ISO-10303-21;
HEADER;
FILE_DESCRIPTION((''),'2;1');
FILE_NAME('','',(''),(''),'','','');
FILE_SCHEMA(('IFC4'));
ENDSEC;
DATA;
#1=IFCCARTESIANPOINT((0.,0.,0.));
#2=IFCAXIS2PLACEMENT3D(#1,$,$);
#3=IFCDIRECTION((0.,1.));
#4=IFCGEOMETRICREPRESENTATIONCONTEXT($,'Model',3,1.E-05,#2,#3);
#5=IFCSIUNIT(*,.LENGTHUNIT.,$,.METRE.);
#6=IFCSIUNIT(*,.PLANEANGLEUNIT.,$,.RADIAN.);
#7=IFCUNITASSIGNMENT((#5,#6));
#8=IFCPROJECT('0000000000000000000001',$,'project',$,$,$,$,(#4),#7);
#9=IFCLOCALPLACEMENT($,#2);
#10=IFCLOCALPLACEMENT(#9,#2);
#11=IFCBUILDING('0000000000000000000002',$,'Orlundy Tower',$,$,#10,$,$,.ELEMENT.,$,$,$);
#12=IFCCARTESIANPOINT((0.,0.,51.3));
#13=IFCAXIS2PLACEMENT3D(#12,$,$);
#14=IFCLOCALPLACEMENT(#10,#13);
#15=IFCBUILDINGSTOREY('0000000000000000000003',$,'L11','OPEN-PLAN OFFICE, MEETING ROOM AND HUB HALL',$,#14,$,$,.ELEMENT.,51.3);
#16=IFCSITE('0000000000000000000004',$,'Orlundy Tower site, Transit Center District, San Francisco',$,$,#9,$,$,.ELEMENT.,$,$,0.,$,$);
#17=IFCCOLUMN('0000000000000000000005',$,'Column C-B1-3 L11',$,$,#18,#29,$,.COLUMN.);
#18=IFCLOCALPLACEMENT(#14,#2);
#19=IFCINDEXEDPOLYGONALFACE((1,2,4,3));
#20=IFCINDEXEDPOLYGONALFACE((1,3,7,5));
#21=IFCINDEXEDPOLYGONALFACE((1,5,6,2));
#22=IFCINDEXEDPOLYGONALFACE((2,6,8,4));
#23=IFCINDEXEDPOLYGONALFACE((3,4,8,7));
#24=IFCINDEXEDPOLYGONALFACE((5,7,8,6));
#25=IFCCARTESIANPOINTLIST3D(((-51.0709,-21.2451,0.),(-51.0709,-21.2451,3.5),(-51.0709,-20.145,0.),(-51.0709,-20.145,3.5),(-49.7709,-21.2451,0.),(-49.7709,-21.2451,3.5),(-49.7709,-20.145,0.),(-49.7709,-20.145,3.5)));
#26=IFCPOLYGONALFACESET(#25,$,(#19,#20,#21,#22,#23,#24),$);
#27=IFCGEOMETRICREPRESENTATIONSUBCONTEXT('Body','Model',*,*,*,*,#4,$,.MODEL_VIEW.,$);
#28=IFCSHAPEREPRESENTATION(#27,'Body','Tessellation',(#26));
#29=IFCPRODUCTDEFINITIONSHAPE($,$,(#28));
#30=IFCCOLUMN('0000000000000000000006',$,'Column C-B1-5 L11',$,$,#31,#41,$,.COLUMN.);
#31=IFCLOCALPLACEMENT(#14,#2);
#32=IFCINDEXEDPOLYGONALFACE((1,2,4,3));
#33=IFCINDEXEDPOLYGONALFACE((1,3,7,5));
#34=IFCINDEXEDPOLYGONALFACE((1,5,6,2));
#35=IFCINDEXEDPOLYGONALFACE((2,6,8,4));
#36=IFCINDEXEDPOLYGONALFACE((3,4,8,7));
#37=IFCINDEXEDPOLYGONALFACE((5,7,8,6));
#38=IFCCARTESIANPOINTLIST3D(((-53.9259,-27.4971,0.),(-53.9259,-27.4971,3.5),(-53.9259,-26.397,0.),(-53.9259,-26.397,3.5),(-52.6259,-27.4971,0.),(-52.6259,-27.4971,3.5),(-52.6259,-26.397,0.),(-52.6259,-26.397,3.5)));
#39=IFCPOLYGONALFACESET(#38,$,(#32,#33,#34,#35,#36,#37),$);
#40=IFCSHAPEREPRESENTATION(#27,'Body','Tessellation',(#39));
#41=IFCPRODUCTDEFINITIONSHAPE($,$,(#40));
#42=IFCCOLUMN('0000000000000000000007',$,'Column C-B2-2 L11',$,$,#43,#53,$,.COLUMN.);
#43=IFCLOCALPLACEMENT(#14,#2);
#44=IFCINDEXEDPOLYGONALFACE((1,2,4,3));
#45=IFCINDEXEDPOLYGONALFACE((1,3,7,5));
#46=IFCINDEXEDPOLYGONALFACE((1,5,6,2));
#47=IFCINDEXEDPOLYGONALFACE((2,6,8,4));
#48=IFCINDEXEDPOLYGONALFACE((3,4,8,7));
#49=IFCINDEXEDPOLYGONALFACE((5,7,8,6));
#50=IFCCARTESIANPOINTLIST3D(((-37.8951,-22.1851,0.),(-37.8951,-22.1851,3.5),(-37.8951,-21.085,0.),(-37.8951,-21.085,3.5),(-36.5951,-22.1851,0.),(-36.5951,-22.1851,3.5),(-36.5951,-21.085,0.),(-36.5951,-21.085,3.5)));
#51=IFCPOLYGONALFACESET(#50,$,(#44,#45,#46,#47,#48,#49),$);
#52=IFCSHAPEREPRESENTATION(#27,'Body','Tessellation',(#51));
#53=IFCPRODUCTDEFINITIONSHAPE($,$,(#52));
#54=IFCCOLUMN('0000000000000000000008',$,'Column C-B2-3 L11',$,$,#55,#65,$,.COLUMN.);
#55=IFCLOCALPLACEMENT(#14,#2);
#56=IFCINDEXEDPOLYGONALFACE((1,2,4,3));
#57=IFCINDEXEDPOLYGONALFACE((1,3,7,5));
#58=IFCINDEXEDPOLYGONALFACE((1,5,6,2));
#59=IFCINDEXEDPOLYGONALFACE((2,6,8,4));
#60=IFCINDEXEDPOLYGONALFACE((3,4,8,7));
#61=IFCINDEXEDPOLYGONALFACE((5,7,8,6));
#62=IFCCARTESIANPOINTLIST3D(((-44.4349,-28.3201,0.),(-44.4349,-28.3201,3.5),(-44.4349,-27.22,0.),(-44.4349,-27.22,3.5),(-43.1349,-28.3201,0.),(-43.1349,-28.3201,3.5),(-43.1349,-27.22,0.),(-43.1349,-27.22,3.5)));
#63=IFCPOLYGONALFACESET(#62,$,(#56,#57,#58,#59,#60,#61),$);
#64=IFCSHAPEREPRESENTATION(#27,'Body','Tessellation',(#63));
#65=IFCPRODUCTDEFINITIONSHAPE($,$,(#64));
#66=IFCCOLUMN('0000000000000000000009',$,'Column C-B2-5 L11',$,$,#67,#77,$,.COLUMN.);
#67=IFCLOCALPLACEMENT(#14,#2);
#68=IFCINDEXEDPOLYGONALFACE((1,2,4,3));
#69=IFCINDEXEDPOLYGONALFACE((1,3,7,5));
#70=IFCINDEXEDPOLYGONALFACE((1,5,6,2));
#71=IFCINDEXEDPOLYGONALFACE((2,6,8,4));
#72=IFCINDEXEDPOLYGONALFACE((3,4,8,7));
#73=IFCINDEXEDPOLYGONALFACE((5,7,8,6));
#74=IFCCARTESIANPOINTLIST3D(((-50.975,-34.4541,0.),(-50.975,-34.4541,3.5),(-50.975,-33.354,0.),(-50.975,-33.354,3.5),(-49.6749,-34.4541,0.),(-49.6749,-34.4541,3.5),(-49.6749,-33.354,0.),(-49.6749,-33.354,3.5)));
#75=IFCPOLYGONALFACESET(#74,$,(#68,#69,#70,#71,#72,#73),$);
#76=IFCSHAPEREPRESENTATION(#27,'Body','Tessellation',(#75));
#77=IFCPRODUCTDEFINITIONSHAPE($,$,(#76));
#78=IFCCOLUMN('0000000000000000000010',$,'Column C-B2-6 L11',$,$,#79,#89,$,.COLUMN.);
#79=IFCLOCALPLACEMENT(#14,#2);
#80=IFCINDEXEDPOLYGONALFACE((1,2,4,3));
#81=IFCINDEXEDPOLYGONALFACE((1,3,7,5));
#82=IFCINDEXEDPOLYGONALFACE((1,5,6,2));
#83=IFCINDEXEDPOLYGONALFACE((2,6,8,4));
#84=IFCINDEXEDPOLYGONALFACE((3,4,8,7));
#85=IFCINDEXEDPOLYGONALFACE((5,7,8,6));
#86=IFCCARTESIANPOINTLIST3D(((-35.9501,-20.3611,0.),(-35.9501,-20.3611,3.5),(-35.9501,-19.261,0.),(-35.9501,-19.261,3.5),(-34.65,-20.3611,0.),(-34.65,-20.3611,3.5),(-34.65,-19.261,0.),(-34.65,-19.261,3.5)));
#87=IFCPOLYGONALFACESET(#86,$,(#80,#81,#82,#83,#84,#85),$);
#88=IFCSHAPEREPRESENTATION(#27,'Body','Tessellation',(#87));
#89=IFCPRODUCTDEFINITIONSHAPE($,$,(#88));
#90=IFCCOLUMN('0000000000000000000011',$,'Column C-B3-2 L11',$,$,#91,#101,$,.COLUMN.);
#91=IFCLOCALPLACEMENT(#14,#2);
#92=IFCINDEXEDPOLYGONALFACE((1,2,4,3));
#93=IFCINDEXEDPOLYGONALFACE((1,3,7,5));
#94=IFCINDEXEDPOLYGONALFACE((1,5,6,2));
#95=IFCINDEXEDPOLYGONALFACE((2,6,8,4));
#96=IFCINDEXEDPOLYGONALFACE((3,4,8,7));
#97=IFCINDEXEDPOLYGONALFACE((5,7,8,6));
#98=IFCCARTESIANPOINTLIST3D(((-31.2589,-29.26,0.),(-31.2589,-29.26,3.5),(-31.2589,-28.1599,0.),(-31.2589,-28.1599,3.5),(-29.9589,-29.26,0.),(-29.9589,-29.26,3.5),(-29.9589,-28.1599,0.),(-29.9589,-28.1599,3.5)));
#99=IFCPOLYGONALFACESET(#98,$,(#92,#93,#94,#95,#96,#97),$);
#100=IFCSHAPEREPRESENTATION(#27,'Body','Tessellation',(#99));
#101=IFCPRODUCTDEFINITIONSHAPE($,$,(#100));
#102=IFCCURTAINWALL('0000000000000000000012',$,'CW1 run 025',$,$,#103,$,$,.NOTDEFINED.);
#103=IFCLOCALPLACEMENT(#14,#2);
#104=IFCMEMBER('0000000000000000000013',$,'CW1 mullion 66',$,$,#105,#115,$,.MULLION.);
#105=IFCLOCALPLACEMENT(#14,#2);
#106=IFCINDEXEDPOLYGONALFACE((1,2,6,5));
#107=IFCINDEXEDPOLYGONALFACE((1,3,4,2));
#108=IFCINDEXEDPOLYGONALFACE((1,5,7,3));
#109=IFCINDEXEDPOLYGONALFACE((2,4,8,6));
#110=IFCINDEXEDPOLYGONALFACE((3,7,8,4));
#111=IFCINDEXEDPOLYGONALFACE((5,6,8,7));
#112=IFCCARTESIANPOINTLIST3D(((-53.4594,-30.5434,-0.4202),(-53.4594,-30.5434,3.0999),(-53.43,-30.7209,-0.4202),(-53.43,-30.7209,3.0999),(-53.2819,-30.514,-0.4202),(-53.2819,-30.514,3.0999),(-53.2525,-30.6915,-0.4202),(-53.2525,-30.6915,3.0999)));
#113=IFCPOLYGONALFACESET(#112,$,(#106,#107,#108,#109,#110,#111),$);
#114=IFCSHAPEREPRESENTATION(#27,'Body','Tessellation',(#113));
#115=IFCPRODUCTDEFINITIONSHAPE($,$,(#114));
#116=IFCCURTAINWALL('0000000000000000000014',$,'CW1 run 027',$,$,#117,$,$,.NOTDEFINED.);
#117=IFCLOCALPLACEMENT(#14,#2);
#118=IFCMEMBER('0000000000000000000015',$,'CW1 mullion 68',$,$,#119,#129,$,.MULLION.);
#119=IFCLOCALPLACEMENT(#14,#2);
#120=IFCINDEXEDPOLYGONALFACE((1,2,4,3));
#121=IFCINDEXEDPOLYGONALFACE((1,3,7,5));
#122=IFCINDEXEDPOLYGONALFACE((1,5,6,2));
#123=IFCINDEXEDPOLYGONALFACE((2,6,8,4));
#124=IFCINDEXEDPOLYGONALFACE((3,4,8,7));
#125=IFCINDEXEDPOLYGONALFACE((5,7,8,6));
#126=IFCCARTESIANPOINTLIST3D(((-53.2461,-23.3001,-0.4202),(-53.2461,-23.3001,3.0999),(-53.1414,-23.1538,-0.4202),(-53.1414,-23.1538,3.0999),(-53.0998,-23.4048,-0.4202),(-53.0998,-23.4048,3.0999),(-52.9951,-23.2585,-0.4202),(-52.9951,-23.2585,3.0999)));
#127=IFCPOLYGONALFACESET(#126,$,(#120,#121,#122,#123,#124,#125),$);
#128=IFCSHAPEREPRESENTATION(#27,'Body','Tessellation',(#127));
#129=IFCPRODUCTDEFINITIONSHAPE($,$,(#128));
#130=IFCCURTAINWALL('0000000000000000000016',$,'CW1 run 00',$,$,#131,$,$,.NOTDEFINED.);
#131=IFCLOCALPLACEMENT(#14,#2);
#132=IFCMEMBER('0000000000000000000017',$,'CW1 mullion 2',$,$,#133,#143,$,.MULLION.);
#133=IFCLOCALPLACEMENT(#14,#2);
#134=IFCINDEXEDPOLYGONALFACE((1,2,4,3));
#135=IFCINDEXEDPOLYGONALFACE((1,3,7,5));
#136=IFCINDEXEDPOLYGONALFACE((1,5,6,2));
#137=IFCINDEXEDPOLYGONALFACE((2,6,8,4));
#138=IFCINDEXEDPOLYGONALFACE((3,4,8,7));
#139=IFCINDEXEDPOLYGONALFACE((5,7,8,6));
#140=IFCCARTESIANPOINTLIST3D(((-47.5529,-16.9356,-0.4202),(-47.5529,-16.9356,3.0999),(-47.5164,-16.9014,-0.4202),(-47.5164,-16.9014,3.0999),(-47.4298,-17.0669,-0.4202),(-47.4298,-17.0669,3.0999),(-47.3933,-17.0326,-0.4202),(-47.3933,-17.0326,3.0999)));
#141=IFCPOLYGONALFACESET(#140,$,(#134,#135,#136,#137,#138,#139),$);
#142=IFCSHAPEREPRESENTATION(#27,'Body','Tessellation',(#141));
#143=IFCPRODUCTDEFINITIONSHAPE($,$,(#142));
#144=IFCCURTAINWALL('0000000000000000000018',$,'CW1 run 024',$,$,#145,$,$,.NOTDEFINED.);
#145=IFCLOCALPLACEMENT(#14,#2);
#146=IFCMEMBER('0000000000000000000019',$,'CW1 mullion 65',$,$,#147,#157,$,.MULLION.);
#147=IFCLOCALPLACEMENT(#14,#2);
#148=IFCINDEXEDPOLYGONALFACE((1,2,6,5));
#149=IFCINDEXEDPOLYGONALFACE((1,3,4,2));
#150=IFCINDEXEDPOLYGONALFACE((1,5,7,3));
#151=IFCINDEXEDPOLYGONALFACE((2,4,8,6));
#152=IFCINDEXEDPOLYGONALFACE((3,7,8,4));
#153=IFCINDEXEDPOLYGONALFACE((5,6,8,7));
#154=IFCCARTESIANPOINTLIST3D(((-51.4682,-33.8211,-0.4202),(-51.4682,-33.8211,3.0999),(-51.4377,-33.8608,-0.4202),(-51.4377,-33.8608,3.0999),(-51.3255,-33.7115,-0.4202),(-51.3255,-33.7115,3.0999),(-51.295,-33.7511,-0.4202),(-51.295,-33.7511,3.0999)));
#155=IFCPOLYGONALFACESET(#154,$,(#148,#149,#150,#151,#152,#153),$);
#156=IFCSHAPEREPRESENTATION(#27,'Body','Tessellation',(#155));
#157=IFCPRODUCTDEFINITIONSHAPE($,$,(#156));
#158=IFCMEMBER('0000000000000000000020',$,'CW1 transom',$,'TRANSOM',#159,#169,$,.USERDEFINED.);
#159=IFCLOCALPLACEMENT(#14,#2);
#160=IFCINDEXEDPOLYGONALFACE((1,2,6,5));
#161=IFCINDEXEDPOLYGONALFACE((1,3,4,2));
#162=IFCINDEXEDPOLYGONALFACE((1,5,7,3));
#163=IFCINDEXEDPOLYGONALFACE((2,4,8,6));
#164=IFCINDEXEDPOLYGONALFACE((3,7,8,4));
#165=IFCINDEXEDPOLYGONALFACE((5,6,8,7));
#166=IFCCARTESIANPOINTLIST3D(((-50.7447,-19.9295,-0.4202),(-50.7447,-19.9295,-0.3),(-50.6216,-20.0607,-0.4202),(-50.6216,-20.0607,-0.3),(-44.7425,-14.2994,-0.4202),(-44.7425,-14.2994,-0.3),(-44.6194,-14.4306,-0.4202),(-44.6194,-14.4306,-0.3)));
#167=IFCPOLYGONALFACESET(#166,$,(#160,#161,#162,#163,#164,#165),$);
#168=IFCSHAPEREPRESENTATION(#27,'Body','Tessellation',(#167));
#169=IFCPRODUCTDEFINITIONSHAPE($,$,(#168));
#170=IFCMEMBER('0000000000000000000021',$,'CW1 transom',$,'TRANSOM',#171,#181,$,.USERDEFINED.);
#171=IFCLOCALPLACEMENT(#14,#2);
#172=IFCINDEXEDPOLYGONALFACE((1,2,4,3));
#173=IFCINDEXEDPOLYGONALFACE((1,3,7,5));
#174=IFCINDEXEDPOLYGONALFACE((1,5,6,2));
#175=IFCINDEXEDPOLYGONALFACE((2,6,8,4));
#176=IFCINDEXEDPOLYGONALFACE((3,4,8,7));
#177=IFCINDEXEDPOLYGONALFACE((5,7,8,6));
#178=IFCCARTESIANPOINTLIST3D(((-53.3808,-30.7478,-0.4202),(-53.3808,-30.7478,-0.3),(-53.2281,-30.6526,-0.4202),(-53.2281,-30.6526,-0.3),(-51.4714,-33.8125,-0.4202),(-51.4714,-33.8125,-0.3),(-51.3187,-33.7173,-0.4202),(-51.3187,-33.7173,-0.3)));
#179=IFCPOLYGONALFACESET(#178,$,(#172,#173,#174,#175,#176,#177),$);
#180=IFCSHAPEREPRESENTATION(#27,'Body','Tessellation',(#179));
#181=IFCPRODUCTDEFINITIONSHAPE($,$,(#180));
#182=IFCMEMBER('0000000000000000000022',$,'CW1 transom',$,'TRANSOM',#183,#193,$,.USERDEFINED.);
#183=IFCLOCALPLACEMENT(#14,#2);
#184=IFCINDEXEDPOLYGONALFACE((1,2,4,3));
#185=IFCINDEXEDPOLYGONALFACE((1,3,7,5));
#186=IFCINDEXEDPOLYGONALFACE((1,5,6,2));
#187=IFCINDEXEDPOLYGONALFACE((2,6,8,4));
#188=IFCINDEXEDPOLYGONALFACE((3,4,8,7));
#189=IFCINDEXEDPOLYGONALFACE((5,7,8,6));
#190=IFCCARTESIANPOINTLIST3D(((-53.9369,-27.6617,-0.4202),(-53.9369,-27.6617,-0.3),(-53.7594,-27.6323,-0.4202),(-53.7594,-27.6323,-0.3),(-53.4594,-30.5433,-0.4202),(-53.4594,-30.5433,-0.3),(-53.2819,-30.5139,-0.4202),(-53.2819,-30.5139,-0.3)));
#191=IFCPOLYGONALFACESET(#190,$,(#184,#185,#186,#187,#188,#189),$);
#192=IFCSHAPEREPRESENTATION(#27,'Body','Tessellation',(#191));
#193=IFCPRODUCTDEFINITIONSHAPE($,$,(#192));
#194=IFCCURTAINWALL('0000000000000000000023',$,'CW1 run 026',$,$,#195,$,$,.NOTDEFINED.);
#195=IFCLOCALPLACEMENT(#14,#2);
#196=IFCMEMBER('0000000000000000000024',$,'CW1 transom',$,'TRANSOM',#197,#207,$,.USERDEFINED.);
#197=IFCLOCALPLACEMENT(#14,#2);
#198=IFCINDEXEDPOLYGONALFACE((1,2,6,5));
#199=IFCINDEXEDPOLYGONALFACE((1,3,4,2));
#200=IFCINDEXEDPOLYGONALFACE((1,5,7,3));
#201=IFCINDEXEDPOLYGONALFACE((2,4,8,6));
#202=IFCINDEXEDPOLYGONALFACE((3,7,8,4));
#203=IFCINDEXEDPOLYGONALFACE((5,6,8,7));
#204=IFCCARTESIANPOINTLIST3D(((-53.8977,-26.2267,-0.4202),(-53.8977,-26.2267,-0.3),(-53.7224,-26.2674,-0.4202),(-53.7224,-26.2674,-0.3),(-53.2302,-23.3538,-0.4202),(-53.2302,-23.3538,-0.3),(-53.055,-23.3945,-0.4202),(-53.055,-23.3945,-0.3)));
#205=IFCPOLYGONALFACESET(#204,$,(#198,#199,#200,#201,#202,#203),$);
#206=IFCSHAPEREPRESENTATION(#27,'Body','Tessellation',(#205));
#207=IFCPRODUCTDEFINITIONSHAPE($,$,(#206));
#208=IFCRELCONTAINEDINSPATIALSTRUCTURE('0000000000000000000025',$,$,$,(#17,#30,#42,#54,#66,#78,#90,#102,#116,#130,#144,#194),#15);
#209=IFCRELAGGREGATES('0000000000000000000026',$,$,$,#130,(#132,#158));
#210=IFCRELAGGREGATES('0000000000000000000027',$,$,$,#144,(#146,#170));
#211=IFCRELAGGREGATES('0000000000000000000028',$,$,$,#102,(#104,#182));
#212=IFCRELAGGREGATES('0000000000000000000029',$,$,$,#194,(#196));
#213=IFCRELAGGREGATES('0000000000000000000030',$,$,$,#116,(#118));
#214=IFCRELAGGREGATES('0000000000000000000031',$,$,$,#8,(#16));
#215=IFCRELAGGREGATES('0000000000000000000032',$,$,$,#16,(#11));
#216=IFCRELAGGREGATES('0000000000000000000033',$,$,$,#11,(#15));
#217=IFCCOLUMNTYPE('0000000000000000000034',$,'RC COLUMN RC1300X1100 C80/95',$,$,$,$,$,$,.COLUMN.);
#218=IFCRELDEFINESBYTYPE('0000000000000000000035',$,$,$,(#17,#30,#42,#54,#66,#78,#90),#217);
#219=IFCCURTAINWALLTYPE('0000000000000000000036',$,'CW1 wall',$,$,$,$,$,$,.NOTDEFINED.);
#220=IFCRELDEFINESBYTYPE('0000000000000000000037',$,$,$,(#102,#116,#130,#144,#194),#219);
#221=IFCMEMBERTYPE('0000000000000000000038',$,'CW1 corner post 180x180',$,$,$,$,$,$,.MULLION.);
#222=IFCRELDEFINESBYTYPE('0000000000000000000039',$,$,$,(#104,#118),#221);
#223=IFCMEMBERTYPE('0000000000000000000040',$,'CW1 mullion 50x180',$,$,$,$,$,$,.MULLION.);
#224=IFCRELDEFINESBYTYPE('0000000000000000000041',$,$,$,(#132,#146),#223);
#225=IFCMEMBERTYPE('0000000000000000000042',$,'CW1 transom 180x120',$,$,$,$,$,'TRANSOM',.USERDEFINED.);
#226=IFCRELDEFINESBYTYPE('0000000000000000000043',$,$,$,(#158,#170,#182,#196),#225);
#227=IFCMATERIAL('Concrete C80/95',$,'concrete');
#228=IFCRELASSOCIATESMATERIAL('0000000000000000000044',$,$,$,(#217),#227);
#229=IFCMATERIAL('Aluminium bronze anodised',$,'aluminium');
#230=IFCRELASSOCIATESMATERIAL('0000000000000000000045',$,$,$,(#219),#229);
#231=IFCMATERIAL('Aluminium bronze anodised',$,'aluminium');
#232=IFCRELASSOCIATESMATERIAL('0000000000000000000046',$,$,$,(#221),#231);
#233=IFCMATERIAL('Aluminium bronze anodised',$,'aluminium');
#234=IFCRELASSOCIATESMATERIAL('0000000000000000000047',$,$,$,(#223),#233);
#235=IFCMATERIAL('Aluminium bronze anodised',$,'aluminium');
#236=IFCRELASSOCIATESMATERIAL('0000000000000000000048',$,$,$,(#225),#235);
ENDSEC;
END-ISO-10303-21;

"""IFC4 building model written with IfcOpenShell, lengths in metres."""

from ifc_helpers import new_model, si_unit, direction, frame, origin, origin_2d, place, context, subcontext, project, spatial, rectangle, extrude, material, material_profile, profile_set, type_object, element, aggregate, save


model = new_model("IFC4")

# Units and contexts
model_context = context("Model", 3, precision=1e-05, world=origin(), true_north=direction((0.0, 1.0)))
body_context = subcontext(model_context, "Body", "Model", "MODEL_VIEW")
ifc_project = project(units=[si_unit("LENGTHUNIT", "METRE"), si_unit("PLANEANGLEUNIT", "RADIAN")], contexts=[model_context])

# Site, building, storey
site_placement = place(None, origin())
site = spatial("IfcSite", under=ifc_project, at=site_placement, Name="Orlundy Tower site, Transit Center District, San Francisco", CompositionType="ELEMENT", RefElevation=0.0)
building_placement = place(site_placement, origin())
building = spatial("IfcBuilding", under=site, at=building_placement, Name="Orlundy Tower", CompositionType="ELEMENT")
storey_placement = place(building_placement, frame((0.0, 0.0, 51.3)))
storey = spatial("IfcBuildingStorey", under=building, at=storey_placement, Name="L11", Description="OPEN-PLAN OFFICE, MEETING ROOM AND HUB HALL", CompositionType="ELEMENT", Elevation=51.3)

# Columns
ifc_material_1 = material(Name="Concrete C80/95", Category="concrete")
ifc_material_profile_1 = material_profile(ifc_material_1, rectangle(XDim=1.3, YDim=1.1001, at=origin_2d()), Name="RC1300X1100")
ifc_profile_set_1 = profile_set([ifc_material_profile_1], Name="Concrete C80/95")
column_type = type_object("IfcColumnType", Name="RC COLUMN RC1300X1100 C80/95", PredefinedType="COLUMN", material=ifc_profile_set_1)
for number, where, z_axis, x_axis, name in (
    (1, (-50.4209, -20.6951, 0.0), (0.0, 0.0, 1.0), (1.0, 0.0, 0.0), "Column C-B1-3 L11"),
    (2, (-53.2759, -26.947, 0.0), (0.0, 0.0, 1.0), (1.0, 0.0, 0.0), "Column C-B1-5 L11"),
    (3, (-37.2451, -21.635, 0.0), (0.0, 0.0, 1.0), (1.0, 0.0, 0.0), "Column C-B2-2 L11"),
    (4, (-43.7849, -27.77, 0.0), (0.0, 0.0, 1.0), (1.0, 0.0, 0.0), "Column C-B2-3 L11"),
    (5, (-50.325, -33.9041, 0.0), (0.0, 0.0, 1.0), (1.0, 0.0, 0.0), "Column C-B2-5 L11"),
    (6, (-35.3, -19.811, 0.0), (0.0, 0.0, 1.0), (1.0, 0.0, 0.0), "Column C-B2-6 L11"),
    (7, (-30.6089, -28.71, 0.0), (0.0, 0.0, 1.0), (1.0, 0.0, 0.0), "Column C-B3-2 L11"),
):
    element("IfcColumn", number, at=place(storey_placement, frame(where, z_axis=z_axis, x_axis=x_axis)), inside=storey, type_object=column_type, Name=name, PredefinedType="COLUMN", context=body_context, shape_type="SweptSolid", body=[
        extrude(rectangle(XDim=1.3, YDim=1.1001, at=origin_2d()), origin(), (0.0, 0.0, 1.0), 3.5),
    ])

# Curtain walls, members
ifc_material_2 = material(Name="Aluminium bronze anodised", Category="aluminium")
curtain_wall_type = type_object("IfcCurtainWallType", Name="CW1 wall", PredefinedType="NOTDEFINED", material=ifc_material_2)
curtain_wall_1_placement = place(storey_placement, origin())
curtain_wall_1 = element("IfcCurtainWall", 8, at=curtain_wall_1_placement, inside=storey, type_object=curtain_wall_type, Name="CW1 run 025", PredefinedType="NOTDEFINED")
ifc_material_3 = material(Name="Aluminium bronze anodised", Category="aluminium")
ifc_material_profile_2 = material_profile(ifc_material_3, rectangle(XDim=0.1799, YDim=0.1799, at=origin_2d()), Name="CW1 corner post 180x180")
ifc_profile_set_2 = profile_set([ifc_material_profile_2], Name="Aluminium bronze anodised")
member_type_1 = type_object("IfcMemberType", Name="CW1 corner post 180x180", PredefinedType="MULLION", material=ifc_profile_set_2)
member_1_placement = place(storey_placement, frame((-53.356, -30.6174, -0.4202), z_axis=(0.0, 0.0, 1.0), x_axis=(-0.986547, -0.16348, 0.0)))
member_1 = element("IfcMember", 9, at=member_1_placement, type_object=member_type_1, Name="CW1 mullion 66", PredefinedType="MULLION", context=body_context, shape_type="SweptSolid", body=[
    extrude(rectangle(XDim=0.1799, YDim=0.1799, at=origin_2d()), origin(), (0.0, 0.0, 1.0), 3.52),
])
curtain_wall_2_placement = place(storey_placement, origin())
curtain_wall_2 = element("IfcCurtainWall", 10, at=curtain_wall_2_placement, inside=storey, type_object=curtain_wall_type, Name="CW1 run 027", PredefinedType="NOTDEFINED")
member_2_placement = place(storey_placement, frame((-53.1206, -23.2793, -0.4202), z_axis=(0.0, 0.0, 1.0), x_axis=(-0.813204, 0.581978, 0.0)))
member_2 = element("IfcMember", 11, at=member_2_placement, type_object=member_type_1, Name="CW1 mullion 68", PredefinedType="MULLION", context=body_context, shape_type="SweptSolid", body=[
    extrude(rectangle(XDim=0.1799, YDim=0.1799, at=origin_2d()), origin(), (0.0, 0.0, 1.0), 3.52),
])
curtain_wall_3_placement = place(storey_placement, origin())
curtain_wall_3 = element("IfcCurtainWall", 12, at=curtain_wall_3_placement, inside=storey, type_object=curtain_wall_type, Name="CW1 run 00", PredefinedType="NOTDEFINED")
ifc_material_4 = material(Name="Aluminium bronze anodised", Category="aluminium")
ifc_material_profile_3 = material_profile(ifc_material_4, rectangle(XDim=0.1799, YDim=0.05, at=origin_2d()), Name="CW1 mullion 50x180")
ifc_profile_set_3 = profile_set([ifc_material_profile_3], Name="Aluminium bronze anodised")
member_type_2 = type_object("IfcMemberType", Name="CW1 mullion 50x180", PredefinedType="MULLION", material=ifc_profile_set_3)
member_3_placement = place(storey_placement, frame((-47.4731, -16.9841, -0.4202), z_axis=(0.0, 0.0, 1.0), x_axis=(-0.684139, 0.729351, 0.0)))
member_3 = element("IfcMember", 13, at=member_3_placement, type_object=member_type_2, Name="CW1 mullion 2", PredefinedType="MULLION", context=body_context, shape_type="SweptSolid", body=[
    extrude(rectangle(XDim=0.1799, YDim=0.05, at=origin_2d()), origin(), (0.0, 0.0, 1.0), 3.52),
])
curtain_wall_4_placement = place(storey_placement, origin())
curtain_wall_4 = element("IfcCurtainWall", 14, at=curtain_wall_4_placement, inside=storey, type_object=curtain_wall_type, Name="CW1 run 024", PredefinedType="NOTDEFINED")
member_4_placement = place(storey_placement, frame((-51.3816, -33.7861, -0.4202), z_axis=(0.0, 0.0, 1.0), x_axis=(-0.792873, -0.609387, 0.0)))
member_4 = element("IfcMember", 15, at=member_4_placement, type_object=member_type_2, Name="CW1 mullion 65", PredefinedType="MULLION", context=body_context, shape_type="SweptSolid", body=[
    extrude(rectangle(XDim=0.1799, YDim=0.05, at=origin_2d()), origin(), (0.0, 0.0, 1.0), 3.52),
])

# Members
ifc_material_5 = material(Name="Aluminium bronze anodised", Category="aluminium")
ifc_material_profile_4 = material_profile(ifc_material_5, rectangle(XDim=0.1799, YDim=0.1201, at=origin_2d()), Name="CW1 transom 180x120")
ifc_profile_set_4 = profile_set([ifc_material_profile_4], Name="Aluminium bronze anodised")
member_type_3 = type_object("IfcMemberType", Name="CW1 transom 180x120", ElementType="TRANSOM", PredefinedType="USERDEFINED", material=ifc_profile_set_4)
member_5_placement = place(storey_placement, frame((-50.6831, -19.9951, -0.3601), z_axis=(0.729351, 0.684139, 0.0), x_axis=(-0.684139, 0.729351, 0.0)))
member_5 = element("IfcMember", 16, at=member_5_placement, type_object=member_type_3, Name="CW1 transom", ObjectType="TRANSOM", PredefinedType="USERDEFINED", context=body_context, shape_type="SweptSolid", body=[
    extrude(rectangle(XDim=0.1799, YDim=0.1201, at=origin_2d()), origin(), (0.0, 0.0, 1.0), 8.2295),
])
member_6_placement = place(storey_placement, frame((-51.395, -33.7649, -0.3601), z_axis=(-0.528801, 0.848746, 0.0), x_axis=(-0.848746, -0.528801, 0.0)))
member_6 = element("IfcMember", 17, at=member_6_placement, type_object=member_type_3, Name="CW1 transom", ObjectType="TRANSOM", PredefinedType="USERDEFINED", context=body_context, shape_type="SweptSolid", body=[
    extrude(rectangle(XDim=0.1799, YDim=0.1201, at=origin_2d()), origin(), (0.0, 0.0, 1.0), 3.6108),
])
member_7_placement = place(storey_placement, frame((-53.3706, -30.5286, -0.3601), z_axis=(-0.163491, 0.986545, 0.0), x_axis=(-0.986545, -0.163491, 0.0)))
member_7 = element("IfcMember", 18, at=member_7_placement, type_object=member_type_3, Name="CW1 transom", ObjectType="TRANSOM", PredefinedType="USERDEFINED", context=body_context, shape_type="SweptSolid", body=[
    extrude(rectangle(XDim=0.1799, YDim=0.1201, at=origin_2d()), origin(), (0.0, 0.0, 1.0), 2.9209),
])

# Curtain wall, member
curtain_wall_5_placement = place(storey_placement, origin())
curtain_wall_5 = element("IfcCurtainWall", 19, at=curtain_wall_5_placement, inside=storey, type_object=curtain_wall_type, Name="CW1 run 026", PredefinedType="NOTDEFINED")
member_8_placement = place(storey_placement, frame((-53.8101, -26.2471, -0.3601), z_axis=(0.226298, 0.974058, 0.0), x_axis=(-0.974058, 0.226298, 0.0)))
member_8 = element("IfcMember", 20, at=member_8_placement, type_object=member_type_3, Name="CW1 transom", ObjectType="TRANSOM", PredefinedType="USERDEFINED", context=body_context, shape_type="SweptSolid", body=[
    extrude(rectangle(XDim=0.1799, YDim=0.1201, at=origin_2d()), origin(), (0.0, 0.0, 1.0), 2.9495),
])

aggregate(curtain_wall_3, [member_3, member_5])

aggregate(curtain_wall_4, [member_4, member_6])
aggregate(curtain_wall_1, [member_1, member_7])
aggregate(curtain_wall_5, [member_8])
aggregate(curtain_wall_2, [member_2])

save(model, "model.ifc")
